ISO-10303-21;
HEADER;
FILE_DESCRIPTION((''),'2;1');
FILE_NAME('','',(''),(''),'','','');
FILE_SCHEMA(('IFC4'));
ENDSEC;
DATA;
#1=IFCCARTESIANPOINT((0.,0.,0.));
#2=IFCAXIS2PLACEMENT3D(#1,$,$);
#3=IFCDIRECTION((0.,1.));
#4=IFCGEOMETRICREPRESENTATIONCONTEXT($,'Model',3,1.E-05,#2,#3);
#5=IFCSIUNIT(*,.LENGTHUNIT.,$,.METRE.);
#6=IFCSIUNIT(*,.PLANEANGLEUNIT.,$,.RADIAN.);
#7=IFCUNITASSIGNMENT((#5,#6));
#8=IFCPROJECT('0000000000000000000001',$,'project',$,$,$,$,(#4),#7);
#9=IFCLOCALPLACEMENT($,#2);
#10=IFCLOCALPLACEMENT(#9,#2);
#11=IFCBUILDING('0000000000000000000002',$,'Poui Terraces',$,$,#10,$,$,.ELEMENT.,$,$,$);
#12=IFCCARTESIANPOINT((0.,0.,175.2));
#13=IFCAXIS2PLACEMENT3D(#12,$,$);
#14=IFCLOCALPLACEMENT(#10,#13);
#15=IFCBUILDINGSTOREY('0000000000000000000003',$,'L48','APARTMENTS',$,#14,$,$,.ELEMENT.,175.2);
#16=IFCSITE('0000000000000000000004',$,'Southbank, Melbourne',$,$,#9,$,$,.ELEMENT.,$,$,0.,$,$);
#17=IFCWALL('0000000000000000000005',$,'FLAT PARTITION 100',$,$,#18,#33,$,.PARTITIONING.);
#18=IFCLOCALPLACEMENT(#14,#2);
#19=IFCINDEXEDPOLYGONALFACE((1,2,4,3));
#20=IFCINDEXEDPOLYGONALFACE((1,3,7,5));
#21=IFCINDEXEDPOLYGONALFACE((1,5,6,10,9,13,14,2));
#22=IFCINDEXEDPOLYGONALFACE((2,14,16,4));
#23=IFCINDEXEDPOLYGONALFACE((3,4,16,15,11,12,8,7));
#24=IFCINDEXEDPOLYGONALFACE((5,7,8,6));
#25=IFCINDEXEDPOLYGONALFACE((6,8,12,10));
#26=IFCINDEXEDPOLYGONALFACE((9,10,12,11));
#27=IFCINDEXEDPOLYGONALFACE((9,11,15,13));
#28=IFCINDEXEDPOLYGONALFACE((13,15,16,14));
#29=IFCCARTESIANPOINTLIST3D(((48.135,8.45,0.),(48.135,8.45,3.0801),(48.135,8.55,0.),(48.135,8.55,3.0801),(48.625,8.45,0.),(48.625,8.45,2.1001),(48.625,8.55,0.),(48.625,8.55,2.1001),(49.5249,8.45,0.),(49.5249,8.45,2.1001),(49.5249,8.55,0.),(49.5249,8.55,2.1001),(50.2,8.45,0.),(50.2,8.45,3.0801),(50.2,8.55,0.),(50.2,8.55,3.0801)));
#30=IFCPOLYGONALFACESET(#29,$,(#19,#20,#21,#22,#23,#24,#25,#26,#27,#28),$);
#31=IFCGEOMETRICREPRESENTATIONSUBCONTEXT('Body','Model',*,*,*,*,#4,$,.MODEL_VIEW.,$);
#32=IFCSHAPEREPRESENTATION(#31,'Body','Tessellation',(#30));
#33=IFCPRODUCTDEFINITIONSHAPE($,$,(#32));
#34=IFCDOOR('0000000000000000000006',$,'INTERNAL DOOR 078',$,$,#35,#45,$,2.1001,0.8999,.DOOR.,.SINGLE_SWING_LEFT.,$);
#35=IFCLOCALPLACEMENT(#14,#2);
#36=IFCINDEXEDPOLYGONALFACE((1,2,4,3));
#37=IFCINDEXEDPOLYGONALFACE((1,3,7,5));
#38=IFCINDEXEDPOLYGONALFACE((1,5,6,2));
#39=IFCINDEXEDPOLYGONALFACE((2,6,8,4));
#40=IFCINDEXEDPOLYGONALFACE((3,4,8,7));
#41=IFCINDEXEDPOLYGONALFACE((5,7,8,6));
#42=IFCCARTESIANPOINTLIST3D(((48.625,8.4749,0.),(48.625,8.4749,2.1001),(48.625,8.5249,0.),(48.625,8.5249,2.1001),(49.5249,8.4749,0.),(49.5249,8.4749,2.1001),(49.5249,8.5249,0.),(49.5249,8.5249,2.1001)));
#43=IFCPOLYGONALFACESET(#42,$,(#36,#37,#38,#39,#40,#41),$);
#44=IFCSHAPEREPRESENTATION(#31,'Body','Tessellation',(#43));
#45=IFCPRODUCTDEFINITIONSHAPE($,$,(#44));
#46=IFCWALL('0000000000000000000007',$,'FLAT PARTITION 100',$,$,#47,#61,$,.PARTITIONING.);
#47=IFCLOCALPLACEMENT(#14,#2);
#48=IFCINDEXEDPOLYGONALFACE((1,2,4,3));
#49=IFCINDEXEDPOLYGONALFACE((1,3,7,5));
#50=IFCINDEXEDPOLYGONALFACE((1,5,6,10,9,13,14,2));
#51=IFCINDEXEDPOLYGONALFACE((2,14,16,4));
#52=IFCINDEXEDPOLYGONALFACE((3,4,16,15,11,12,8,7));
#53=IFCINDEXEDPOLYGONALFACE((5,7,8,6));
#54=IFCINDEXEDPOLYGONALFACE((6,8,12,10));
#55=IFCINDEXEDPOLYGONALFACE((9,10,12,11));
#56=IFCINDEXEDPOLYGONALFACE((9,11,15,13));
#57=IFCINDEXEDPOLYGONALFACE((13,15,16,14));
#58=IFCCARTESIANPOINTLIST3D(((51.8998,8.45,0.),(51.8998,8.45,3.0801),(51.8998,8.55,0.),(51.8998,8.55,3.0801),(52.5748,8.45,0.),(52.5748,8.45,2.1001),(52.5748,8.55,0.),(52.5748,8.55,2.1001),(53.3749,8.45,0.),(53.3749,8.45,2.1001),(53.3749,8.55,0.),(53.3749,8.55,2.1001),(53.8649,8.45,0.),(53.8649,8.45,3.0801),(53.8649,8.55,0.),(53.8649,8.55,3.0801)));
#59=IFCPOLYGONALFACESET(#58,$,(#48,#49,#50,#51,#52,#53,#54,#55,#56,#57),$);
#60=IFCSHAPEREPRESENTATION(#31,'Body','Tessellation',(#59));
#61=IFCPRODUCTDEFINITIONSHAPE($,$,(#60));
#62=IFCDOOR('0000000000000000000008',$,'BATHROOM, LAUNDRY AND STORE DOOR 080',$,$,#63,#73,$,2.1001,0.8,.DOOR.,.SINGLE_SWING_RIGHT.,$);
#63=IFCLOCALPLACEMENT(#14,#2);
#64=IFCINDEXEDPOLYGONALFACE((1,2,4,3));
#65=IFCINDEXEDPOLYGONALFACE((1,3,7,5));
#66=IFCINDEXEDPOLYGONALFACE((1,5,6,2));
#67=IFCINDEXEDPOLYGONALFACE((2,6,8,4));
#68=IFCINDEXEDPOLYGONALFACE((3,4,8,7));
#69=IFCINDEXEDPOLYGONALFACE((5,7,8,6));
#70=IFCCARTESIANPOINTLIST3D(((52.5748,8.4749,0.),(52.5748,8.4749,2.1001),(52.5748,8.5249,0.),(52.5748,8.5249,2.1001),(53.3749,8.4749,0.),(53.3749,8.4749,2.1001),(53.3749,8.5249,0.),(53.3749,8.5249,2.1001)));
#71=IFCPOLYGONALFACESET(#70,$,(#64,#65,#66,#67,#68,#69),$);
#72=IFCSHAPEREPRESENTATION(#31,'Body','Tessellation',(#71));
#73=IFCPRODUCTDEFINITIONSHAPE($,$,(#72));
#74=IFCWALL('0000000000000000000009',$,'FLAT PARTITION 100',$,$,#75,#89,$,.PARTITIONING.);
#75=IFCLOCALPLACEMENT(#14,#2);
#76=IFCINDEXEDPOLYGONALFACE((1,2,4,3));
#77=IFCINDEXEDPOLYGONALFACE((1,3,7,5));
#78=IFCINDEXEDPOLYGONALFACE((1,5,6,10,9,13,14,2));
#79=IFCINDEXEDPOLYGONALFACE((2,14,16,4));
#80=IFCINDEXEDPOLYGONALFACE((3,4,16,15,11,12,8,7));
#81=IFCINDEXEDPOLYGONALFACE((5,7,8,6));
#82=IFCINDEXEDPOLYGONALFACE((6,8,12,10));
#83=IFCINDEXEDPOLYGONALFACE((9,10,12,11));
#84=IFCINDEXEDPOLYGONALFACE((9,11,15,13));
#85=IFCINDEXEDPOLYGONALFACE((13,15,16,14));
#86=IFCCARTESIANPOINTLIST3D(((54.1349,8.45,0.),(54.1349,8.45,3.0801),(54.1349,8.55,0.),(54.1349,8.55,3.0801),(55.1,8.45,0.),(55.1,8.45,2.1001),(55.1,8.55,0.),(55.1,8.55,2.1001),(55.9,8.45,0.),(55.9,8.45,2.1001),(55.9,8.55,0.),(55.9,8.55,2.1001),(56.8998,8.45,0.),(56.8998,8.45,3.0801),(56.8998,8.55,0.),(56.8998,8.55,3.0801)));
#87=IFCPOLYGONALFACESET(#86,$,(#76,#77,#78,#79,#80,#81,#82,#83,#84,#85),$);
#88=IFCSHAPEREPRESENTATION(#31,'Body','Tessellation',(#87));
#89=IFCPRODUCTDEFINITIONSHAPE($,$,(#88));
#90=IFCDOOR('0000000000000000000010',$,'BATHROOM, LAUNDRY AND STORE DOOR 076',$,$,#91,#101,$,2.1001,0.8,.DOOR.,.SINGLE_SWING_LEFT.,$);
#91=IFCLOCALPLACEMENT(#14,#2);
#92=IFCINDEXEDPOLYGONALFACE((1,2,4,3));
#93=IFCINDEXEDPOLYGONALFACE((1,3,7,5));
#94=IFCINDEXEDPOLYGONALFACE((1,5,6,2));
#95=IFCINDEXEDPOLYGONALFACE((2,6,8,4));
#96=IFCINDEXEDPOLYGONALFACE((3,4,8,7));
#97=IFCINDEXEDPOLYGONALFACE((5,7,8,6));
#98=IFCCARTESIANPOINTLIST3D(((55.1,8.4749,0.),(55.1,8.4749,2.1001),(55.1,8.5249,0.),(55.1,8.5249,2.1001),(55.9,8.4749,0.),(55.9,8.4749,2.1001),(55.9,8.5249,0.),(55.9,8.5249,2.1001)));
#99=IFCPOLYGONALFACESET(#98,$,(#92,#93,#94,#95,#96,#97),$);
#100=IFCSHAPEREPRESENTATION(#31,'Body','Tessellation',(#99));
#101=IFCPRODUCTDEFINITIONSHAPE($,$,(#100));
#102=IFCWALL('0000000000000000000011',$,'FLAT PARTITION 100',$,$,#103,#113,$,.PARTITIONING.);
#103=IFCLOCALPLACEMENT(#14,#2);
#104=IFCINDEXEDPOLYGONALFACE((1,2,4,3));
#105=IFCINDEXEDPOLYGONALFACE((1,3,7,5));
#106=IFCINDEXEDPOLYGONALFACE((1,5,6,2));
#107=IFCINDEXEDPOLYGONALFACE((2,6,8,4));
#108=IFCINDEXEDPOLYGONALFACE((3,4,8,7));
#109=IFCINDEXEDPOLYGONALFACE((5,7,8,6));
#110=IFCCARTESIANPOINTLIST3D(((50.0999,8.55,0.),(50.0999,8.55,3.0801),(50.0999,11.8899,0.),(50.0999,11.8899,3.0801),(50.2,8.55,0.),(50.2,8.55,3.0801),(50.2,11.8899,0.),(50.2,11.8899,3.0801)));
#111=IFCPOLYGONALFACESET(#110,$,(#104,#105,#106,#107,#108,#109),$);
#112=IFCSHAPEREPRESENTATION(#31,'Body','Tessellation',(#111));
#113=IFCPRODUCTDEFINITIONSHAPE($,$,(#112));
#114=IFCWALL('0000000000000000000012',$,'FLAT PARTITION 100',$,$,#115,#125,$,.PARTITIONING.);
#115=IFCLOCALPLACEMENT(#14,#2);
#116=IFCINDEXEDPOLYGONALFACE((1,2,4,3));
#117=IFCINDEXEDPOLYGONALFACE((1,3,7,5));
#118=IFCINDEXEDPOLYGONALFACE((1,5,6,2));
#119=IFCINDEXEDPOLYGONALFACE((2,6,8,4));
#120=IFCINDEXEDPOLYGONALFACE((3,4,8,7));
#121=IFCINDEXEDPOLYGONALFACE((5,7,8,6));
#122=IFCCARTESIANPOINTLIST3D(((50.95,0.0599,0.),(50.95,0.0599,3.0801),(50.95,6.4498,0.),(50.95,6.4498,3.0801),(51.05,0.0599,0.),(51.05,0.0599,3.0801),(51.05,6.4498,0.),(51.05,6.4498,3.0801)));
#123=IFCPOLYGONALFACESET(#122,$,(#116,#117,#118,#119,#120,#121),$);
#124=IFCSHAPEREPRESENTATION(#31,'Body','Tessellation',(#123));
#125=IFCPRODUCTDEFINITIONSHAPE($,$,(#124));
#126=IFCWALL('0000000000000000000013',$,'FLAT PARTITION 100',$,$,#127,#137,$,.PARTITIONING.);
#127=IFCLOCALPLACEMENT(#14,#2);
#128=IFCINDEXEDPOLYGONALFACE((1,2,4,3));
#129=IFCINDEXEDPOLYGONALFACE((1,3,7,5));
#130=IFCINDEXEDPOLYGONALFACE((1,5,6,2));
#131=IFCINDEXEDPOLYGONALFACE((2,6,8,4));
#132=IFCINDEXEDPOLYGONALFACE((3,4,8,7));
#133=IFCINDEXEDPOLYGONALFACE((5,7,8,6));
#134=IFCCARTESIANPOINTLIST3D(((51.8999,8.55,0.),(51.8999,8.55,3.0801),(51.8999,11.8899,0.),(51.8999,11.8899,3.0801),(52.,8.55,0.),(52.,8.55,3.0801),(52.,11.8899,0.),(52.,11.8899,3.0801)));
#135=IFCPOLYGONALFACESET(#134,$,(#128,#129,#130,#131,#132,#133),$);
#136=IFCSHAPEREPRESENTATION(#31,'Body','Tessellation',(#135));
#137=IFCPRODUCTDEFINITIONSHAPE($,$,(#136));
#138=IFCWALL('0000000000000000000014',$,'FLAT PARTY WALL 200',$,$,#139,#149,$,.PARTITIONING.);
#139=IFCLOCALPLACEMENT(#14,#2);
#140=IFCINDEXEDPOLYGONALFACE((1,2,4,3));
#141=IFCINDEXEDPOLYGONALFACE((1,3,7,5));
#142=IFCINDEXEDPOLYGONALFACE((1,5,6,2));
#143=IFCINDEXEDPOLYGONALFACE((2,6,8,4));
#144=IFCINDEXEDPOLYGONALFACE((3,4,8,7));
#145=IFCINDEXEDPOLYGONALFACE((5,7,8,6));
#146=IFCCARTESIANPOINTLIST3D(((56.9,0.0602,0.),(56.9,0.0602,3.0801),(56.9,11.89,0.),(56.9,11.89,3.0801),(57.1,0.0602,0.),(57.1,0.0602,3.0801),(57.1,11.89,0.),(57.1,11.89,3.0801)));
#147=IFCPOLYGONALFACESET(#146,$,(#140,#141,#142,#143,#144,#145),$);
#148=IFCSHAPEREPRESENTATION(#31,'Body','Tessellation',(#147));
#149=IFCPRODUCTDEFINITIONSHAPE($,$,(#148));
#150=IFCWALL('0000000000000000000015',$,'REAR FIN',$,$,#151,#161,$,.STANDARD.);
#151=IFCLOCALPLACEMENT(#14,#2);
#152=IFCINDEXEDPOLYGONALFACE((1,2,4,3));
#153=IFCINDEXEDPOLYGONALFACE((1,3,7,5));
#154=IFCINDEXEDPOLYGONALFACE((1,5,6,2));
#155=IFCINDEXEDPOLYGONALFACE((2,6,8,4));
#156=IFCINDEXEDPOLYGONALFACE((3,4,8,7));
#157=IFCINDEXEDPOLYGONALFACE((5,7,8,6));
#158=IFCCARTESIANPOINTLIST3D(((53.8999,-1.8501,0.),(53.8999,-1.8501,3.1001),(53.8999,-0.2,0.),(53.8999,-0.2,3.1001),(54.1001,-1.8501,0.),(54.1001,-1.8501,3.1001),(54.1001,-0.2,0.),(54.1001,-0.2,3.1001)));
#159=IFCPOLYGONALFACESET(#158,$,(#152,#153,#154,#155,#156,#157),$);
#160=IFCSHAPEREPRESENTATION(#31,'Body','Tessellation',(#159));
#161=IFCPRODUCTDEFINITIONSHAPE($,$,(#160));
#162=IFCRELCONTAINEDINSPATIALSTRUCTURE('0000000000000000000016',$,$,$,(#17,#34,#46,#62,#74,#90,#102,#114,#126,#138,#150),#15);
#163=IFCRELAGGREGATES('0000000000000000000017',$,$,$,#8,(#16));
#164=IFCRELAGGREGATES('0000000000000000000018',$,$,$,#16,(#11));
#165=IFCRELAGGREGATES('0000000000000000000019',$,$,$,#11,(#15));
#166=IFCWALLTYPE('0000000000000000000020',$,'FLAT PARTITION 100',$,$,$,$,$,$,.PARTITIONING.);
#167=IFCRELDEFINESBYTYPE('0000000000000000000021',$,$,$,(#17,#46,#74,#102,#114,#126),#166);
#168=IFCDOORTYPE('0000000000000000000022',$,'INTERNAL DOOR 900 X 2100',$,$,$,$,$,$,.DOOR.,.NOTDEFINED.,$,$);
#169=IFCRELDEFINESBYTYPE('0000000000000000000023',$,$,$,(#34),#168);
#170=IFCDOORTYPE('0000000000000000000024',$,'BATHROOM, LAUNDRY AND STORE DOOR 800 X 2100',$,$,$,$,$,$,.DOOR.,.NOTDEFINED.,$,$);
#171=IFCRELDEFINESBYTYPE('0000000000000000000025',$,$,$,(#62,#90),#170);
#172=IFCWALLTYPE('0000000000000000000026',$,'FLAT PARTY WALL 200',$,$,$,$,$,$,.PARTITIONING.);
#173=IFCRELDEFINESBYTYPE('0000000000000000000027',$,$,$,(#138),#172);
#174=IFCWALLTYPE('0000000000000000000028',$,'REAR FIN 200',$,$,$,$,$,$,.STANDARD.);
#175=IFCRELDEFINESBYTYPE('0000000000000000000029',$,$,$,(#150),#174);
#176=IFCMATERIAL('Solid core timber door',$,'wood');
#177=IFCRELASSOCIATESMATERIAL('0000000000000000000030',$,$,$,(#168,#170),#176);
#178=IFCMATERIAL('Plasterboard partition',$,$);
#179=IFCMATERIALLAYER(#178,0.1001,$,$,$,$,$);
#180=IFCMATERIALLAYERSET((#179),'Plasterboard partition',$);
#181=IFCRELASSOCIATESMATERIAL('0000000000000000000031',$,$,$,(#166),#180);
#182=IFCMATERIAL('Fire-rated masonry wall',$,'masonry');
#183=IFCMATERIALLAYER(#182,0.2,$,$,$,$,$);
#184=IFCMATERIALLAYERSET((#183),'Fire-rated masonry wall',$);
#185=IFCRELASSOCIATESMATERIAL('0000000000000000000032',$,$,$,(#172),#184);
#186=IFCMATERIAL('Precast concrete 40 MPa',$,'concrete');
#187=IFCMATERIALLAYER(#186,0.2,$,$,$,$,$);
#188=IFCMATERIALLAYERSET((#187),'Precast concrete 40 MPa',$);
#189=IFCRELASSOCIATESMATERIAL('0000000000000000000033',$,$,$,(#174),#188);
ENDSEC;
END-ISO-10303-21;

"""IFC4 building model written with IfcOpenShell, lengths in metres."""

from ifc_helpers import new_model, si_unit, direction, frame, frame_2d, origin, place, context, subcontext, project, spatial, polyline, rectangle, outline, extrude, source, transform, mapped, material, layer, layer_set, type_object, element, fill, save


model = new_model("IFC4")

# Units and contexts
model_context = context("Model", 3, precision=1e-05, world=origin(), true_north=direction((0.0, 1.0)))
body_context = subcontext(model_context, "Body", "Model", "MODEL_VIEW")
ifc_project = project(units=[si_unit("LENGTHUNIT", "METRE"), si_unit("PLANEANGLEUNIT", "RADIAN")], contexts=[model_context])

# Site, building, storey
site_placement = place(None, origin())
site = spatial("IfcSite", under=ifc_project, at=site_placement, Name="Southbank, Melbourne", CompositionType="ELEMENT", RefElevation=0.0)
building_placement = place(site_placement, origin())
building = spatial("IfcBuilding", under=site, at=building_placement, Name="Poui Terraces", CompositionType="ELEMENT")
storey_placement = place(building_placement, frame((0.0, 0.0, 175.2)))
storey = spatial("IfcBuildingStorey", under=building, at=storey_placement, Name="L48", Description="APARTMENTS", CompositionType="ELEMENT", Elevation=175.2)

# Shared definitions
ifc_material_1 = material(Name="Precast concrete 40 MPa", Category="concrete")

# Walls, openings, doors
ifc_material_2 = material(Name="Solid core timber door", Category="wood")
door_type_1 = type_object("IfcDoorType", Name="INTERNAL DOOR 900 X 2100", OperationType="NOTDEFINED", PredefinedType="DOOR", material=ifc_material_2)
ifc_material_3 = material(Name="Plasterboard partition")
ifc_layer_1 = layer(ifc_material_3, 0.1001)
ifc_layer_set_1 = layer_set([ifc_layer_1], Name="Plasterboard partition")
wall_type_1 = type_object("IfcWallType", Name="FLAT PARTITION 100", PredefinedType="PARTITIONING", material=ifc_layer_set_1)
wall_1_placement = place(storey_placement, frame((48.135, 8.5, 0.0), z_axis=(0.0, 0.0, 1.0), x_axis=(1.0, 0.0, 0.0)))
wall_1 = element("IfcWall", 1, at=wall_1_placement, inside=storey, type_object=wall_type_1, Name="FLAT PARTITION 100", PredefinedType="PARTITIONING", context=body_context, shape_type="SweptSolid", body=[
    extrude(rectangle(XDim=2.0649, YDim=0.1001, at=frame_2d((1.0325, 0.0))), origin(), (0.0, 0.0, 1.0), 3.0801),
])
opening_1_placement = place(wall_1_placement, frame((0.49, 0.0, 0.0)))
opening_1 = element("IfcOpeningElement", 2, at=opening_1_placement, cuts=wall_1, PredefinedType="OPENING", context=body_context, shape_type="SweptSolid", body=[
    extrude(rectangle(XDim=0.8999, YDim=2.1001, at=frame_2d((0.45, 1.05))), frame((0.0, 0.0601, 0.0), z_axis=(0.0, -1.0, 0.0), x_axis=(1.0, 0.0, 0.0)), (0.0, 0.0, 1.0), 0.1201),
])
door_1_placement = place(opening_1_placement, origin())
door_1 = element("IfcDoor", 3, at=door_1_placement, inside=storey, type_object=door_type_1, Name="INTERNAL DOOR 078", OperationType="SINGLE_SWING_LEFT", OverallHeight=2.1001, OverallWidth=0.8999, PredefinedType="DOOR", context=body_context, shape_type="SweptSolid", body=[
    extrude(rectangle(XDim=0.8999, YDim=2.1001, at=frame_2d((0.45, 1.05))), frame((0.0, 0.0249, 0.0), z_axis=(0.0, -1.0, 0.0), x_axis=(1.0, 0.0, 0.0)), (0.0, 0.0, 1.0), 0.05),
])
fill(opening_1, door_1)
wall_2_placement = place(storey_placement, frame((51.8999, 8.5, 0.0), z_axis=(0.0, 0.0, 1.0), x_axis=(1.0, 0.0, 0.0)))
wall_2 = element("IfcWall", 4, at=wall_2_placement, inside=storey, type_object=wall_type_1, Name="FLAT PARTITION 100", PredefinedType="PARTITIONING", context=body_context, shape_type="SweptSolid", body=[
    extrude(rectangle(XDim=1.9651, YDim=0.1001, at=frame_2d((0.9824, 0.0))), origin(), (0.0, 0.0, 1.0), 3.0801),
])
opening_2_placement = place(wall_2_placement, frame((0.675, 0.0, 0.0)))
opening_2 = element("IfcOpeningElement", 5, at=opening_2_placement, cuts=wall_2, PredefinedType="OPENING", context=body_context, shape_type="SweptSolid", body=[
    extrude(rectangle(XDim=0.8, YDim=2.1001, at=frame_2d((0.3999, 1.05))), frame((0.0, 0.0601, 0.0), z_axis=(0.0, -1.0, 0.0), x_axis=(1.0, 0.0, 0.0)), (0.0, 0.0, 1.0), 0.1201),
])
door_type_2 = type_object("IfcDoorType", Name="BATHROOM, LAUNDRY AND STORE DOOR 800 X 2100", OperationType="NOTDEFINED", PredefinedType="DOOR", material=ifc_material_2)
door_2_placement = place(opening_2_placement, origin())
door_2 = element("IfcDoor", 6, at=door_2_placement, inside=storey, type_object=door_type_2, Name="BATHROOM, LAUNDRY AND STORE DOOR 080", OperationType="SINGLE_SWING_RIGHT", OverallHeight=2.1001, OverallWidth=0.8, PredefinedType="DOOR", context=body_context, shape_type="SweptSolid", body=[
    extrude(rectangle(XDim=0.8, YDim=2.1001, at=frame_2d((0.3999, 1.05))), frame((0.0, 0.0249, 0.0), z_axis=(0.0, -1.0, 0.0), x_axis=(1.0, 0.0, 0.0)), (0.0, 0.0, 1.0), 0.05),
])
fill(opening_2, door_2)
wall_3_placement = place(storey_placement, frame((54.135, 8.5, 0.0), z_axis=(0.0, 0.0, 1.0), x_axis=(1.0, 0.0, 0.0)))
wall_3 = element("IfcWall", 7, at=wall_3_placement, inside=storey, type_object=wall_type_1, Name="FLAT PARTITION 100", PredefinedType="PARTITIONING", context=body_context, shape_type="SweptSolid", body=[
    extrude(rectangle(XDim=2.7649, YDim=0.1001, at=frame_2d((1.3823, 0.0))), origin(), (0.0, 0.0, 1.0), 3.0801),
])
opening_3_placement = place(wall_3_placement, frame((0.9651, 0.0, 0.0)))
opening_3 = element("IfcOpeningElement", 8, at=opening_3_placement, cuts=wall_3, PredefinedType="OPENING", context=body_context, shape_type="SweptSolid", body=[
    extrude(rectangle(XDim=0.8, YDim=2.1001, at=frame_2d((0.3999, 1.05))), frame((0.0, 0.0601, 0.0), z_axis=(0.0, -1.0, 0.0), x_axis=(1.0, 0.0, 0.0)), (0.0, 0.0, 1.0), 0.1201),
])
door_3_placement = place(opening_3_placement, origin())
door_3 = element("IfcDoor", 9, at=door_3_placement, inside=storey, type_object=door_type_2, Name="BATHROOM, LAUNDRY AND STORE DOOR 076", OperationType="SINGLE_SWING_LEFT", OverallHeight=2.1001, OverallWidth=0.8, PredefinedType="DOOR", context=body_context, shape_type="SweptSolid", body=[
    extrude(rectangle(XDim=0.8, YDim=2.1001, at=frame_2d((0.3999, 1.05))), frame((0.0, 0.0249, 0.0), z_axis=(0.0, -1.0, 0.0), x_axis=(1.0, 0.0, 0.0)), (0.0, 0.0, 1.0), 0.05),
])
fill(opening_3, door_3)

# Walls
wall_4_placement = place(storey_placement, frame((50.1499, 8.55, 0.0), z_axis=(0.0, 0.0, 1.0), x_axis=(0.0, 1.0, 0.0)))
element("IfcWall", 10, at=wall_4_placement, inside=storey, type_object=wall_type_1, Name="FLAT PARTITION 100", PredefinedType="PARTITIONING", context=body_context, shape_type="SweptSolid", body=[
    extrude(rectangle(XDim=3.3398, YDim=0.1001, at=frame_2d((1.6699, 0.0))), origin(), (0.0, 0.0, 1.0), 3.0801),
])
wall_5_placement = place(storey_placement, frame((51.0, 0.0601, 0.0), z_axis=(0.0, 0.0, 1.0), x_axis=(0.0, 1.0, 0.0)))
element("IfcWall", 11, at=wall_5_placement, inside=storey, type_object=wall_type_1, Name="FLAT PARTITION 100", PredefinedType="PARTITIONING", context=body_context, shape_type="SweptSolid", body=[
    extrude(rectangle(XDim=6.3899, YDim=0.1001, at=frame_2d((3.1948, 0.0))), origin(), (0.0, 0.0, 1.0), 3.0801),
])
wall_6_placement = place(storey_placement, frame((51.95, 8.55, 0.0), z_axis=(0.0, 0.0, 1.0), x_axis=(0.0, 1.0, 0.0)))
element("IfcWall", 12, at=wall_6_placement, inside=storey, type_object=wall_type_1, Name="FLAT PARTITION 100", PredefinedType="PARTITIONING", context=body_context, shape_type="SweptSolid", body=[
    extrude(rectangle(XDim=3.3398, YDim=0.1001, at=frame_2d((1.6699, 0.0))), origin(), (0.0, 0.0, 1.0), 3.0801),
])
ifc_material_4 = material(Name="Fire-rated masonry wall", Category="masonry")
ifc_layer_2 = layer(ifc_material_4, 0.2)
ifc_layer_set_2 = layer_set([ifc_layer_2], Name="Fire-rated masonry wall")
wall_type_2 = type_object("IfcWallType", Name="FLAT PARTY WALL 200", PredefinedType="PARTITIONING", material=ifc_layer_set_2)
wall_7_placement = place(storey_placement, frame((57.0, 0.0601, 0.0), z_axis=(0.0, 0.0, 1.0), x_axis=(0.0, 1.0, 0.0)))
element("IfcWall", 13, at=wall_7_placement, inside=storey, type_object=wall_type_2, Name="FLAT PARTY WALL 200", PredefinedType="PARTITIONING", context=body_context, shape_type="SweptSolid", body=[
    extrude(rectangle(XDim=11.8298, YDim=0.2, at=frame_2d((5.915, 0.0))), origin(), (0.0, 0.0, 1.0), 3.0801),
])
ifc_layer_3 = layer(ifc_material_1, 0.2)
ifc_layer_set_3 = layer_set([ifc_layer_3], Name="Precast concrete 40 MPa")
wall_type_3 = type_object("IfcWallType", Name="REAR FIN 200", PredefinedType="STANDARD", material=ifc_layer_set_3)
shared_shape_1 = source(origin(), body_context, "Body", "SweptSolid", [
    extrude(outline(polyline([(0.0, 0.0), (0.2002, 0.0), (0.2002, 1.6501), (0.0, 1.6501), (0.0, 0.0)])), origin(), (0.0, 0.0, 1.0), 3.1001),
])
wall_8_placement = place(storey_placement, frame((53.8999, -1.8501, 0.0)))
element("IfcWall", 14, at=wall_8_placement, inside=storey, type_object=wall_type_3, Name="REAR FIN", PredefinedType="STANDARD", context=body_context, shape_type="MappedRepresentation", body=[
    mapped(shared_shape_1, transform((0.0, 0.0, 0.0))),
])

save(model, "model.ifc")
